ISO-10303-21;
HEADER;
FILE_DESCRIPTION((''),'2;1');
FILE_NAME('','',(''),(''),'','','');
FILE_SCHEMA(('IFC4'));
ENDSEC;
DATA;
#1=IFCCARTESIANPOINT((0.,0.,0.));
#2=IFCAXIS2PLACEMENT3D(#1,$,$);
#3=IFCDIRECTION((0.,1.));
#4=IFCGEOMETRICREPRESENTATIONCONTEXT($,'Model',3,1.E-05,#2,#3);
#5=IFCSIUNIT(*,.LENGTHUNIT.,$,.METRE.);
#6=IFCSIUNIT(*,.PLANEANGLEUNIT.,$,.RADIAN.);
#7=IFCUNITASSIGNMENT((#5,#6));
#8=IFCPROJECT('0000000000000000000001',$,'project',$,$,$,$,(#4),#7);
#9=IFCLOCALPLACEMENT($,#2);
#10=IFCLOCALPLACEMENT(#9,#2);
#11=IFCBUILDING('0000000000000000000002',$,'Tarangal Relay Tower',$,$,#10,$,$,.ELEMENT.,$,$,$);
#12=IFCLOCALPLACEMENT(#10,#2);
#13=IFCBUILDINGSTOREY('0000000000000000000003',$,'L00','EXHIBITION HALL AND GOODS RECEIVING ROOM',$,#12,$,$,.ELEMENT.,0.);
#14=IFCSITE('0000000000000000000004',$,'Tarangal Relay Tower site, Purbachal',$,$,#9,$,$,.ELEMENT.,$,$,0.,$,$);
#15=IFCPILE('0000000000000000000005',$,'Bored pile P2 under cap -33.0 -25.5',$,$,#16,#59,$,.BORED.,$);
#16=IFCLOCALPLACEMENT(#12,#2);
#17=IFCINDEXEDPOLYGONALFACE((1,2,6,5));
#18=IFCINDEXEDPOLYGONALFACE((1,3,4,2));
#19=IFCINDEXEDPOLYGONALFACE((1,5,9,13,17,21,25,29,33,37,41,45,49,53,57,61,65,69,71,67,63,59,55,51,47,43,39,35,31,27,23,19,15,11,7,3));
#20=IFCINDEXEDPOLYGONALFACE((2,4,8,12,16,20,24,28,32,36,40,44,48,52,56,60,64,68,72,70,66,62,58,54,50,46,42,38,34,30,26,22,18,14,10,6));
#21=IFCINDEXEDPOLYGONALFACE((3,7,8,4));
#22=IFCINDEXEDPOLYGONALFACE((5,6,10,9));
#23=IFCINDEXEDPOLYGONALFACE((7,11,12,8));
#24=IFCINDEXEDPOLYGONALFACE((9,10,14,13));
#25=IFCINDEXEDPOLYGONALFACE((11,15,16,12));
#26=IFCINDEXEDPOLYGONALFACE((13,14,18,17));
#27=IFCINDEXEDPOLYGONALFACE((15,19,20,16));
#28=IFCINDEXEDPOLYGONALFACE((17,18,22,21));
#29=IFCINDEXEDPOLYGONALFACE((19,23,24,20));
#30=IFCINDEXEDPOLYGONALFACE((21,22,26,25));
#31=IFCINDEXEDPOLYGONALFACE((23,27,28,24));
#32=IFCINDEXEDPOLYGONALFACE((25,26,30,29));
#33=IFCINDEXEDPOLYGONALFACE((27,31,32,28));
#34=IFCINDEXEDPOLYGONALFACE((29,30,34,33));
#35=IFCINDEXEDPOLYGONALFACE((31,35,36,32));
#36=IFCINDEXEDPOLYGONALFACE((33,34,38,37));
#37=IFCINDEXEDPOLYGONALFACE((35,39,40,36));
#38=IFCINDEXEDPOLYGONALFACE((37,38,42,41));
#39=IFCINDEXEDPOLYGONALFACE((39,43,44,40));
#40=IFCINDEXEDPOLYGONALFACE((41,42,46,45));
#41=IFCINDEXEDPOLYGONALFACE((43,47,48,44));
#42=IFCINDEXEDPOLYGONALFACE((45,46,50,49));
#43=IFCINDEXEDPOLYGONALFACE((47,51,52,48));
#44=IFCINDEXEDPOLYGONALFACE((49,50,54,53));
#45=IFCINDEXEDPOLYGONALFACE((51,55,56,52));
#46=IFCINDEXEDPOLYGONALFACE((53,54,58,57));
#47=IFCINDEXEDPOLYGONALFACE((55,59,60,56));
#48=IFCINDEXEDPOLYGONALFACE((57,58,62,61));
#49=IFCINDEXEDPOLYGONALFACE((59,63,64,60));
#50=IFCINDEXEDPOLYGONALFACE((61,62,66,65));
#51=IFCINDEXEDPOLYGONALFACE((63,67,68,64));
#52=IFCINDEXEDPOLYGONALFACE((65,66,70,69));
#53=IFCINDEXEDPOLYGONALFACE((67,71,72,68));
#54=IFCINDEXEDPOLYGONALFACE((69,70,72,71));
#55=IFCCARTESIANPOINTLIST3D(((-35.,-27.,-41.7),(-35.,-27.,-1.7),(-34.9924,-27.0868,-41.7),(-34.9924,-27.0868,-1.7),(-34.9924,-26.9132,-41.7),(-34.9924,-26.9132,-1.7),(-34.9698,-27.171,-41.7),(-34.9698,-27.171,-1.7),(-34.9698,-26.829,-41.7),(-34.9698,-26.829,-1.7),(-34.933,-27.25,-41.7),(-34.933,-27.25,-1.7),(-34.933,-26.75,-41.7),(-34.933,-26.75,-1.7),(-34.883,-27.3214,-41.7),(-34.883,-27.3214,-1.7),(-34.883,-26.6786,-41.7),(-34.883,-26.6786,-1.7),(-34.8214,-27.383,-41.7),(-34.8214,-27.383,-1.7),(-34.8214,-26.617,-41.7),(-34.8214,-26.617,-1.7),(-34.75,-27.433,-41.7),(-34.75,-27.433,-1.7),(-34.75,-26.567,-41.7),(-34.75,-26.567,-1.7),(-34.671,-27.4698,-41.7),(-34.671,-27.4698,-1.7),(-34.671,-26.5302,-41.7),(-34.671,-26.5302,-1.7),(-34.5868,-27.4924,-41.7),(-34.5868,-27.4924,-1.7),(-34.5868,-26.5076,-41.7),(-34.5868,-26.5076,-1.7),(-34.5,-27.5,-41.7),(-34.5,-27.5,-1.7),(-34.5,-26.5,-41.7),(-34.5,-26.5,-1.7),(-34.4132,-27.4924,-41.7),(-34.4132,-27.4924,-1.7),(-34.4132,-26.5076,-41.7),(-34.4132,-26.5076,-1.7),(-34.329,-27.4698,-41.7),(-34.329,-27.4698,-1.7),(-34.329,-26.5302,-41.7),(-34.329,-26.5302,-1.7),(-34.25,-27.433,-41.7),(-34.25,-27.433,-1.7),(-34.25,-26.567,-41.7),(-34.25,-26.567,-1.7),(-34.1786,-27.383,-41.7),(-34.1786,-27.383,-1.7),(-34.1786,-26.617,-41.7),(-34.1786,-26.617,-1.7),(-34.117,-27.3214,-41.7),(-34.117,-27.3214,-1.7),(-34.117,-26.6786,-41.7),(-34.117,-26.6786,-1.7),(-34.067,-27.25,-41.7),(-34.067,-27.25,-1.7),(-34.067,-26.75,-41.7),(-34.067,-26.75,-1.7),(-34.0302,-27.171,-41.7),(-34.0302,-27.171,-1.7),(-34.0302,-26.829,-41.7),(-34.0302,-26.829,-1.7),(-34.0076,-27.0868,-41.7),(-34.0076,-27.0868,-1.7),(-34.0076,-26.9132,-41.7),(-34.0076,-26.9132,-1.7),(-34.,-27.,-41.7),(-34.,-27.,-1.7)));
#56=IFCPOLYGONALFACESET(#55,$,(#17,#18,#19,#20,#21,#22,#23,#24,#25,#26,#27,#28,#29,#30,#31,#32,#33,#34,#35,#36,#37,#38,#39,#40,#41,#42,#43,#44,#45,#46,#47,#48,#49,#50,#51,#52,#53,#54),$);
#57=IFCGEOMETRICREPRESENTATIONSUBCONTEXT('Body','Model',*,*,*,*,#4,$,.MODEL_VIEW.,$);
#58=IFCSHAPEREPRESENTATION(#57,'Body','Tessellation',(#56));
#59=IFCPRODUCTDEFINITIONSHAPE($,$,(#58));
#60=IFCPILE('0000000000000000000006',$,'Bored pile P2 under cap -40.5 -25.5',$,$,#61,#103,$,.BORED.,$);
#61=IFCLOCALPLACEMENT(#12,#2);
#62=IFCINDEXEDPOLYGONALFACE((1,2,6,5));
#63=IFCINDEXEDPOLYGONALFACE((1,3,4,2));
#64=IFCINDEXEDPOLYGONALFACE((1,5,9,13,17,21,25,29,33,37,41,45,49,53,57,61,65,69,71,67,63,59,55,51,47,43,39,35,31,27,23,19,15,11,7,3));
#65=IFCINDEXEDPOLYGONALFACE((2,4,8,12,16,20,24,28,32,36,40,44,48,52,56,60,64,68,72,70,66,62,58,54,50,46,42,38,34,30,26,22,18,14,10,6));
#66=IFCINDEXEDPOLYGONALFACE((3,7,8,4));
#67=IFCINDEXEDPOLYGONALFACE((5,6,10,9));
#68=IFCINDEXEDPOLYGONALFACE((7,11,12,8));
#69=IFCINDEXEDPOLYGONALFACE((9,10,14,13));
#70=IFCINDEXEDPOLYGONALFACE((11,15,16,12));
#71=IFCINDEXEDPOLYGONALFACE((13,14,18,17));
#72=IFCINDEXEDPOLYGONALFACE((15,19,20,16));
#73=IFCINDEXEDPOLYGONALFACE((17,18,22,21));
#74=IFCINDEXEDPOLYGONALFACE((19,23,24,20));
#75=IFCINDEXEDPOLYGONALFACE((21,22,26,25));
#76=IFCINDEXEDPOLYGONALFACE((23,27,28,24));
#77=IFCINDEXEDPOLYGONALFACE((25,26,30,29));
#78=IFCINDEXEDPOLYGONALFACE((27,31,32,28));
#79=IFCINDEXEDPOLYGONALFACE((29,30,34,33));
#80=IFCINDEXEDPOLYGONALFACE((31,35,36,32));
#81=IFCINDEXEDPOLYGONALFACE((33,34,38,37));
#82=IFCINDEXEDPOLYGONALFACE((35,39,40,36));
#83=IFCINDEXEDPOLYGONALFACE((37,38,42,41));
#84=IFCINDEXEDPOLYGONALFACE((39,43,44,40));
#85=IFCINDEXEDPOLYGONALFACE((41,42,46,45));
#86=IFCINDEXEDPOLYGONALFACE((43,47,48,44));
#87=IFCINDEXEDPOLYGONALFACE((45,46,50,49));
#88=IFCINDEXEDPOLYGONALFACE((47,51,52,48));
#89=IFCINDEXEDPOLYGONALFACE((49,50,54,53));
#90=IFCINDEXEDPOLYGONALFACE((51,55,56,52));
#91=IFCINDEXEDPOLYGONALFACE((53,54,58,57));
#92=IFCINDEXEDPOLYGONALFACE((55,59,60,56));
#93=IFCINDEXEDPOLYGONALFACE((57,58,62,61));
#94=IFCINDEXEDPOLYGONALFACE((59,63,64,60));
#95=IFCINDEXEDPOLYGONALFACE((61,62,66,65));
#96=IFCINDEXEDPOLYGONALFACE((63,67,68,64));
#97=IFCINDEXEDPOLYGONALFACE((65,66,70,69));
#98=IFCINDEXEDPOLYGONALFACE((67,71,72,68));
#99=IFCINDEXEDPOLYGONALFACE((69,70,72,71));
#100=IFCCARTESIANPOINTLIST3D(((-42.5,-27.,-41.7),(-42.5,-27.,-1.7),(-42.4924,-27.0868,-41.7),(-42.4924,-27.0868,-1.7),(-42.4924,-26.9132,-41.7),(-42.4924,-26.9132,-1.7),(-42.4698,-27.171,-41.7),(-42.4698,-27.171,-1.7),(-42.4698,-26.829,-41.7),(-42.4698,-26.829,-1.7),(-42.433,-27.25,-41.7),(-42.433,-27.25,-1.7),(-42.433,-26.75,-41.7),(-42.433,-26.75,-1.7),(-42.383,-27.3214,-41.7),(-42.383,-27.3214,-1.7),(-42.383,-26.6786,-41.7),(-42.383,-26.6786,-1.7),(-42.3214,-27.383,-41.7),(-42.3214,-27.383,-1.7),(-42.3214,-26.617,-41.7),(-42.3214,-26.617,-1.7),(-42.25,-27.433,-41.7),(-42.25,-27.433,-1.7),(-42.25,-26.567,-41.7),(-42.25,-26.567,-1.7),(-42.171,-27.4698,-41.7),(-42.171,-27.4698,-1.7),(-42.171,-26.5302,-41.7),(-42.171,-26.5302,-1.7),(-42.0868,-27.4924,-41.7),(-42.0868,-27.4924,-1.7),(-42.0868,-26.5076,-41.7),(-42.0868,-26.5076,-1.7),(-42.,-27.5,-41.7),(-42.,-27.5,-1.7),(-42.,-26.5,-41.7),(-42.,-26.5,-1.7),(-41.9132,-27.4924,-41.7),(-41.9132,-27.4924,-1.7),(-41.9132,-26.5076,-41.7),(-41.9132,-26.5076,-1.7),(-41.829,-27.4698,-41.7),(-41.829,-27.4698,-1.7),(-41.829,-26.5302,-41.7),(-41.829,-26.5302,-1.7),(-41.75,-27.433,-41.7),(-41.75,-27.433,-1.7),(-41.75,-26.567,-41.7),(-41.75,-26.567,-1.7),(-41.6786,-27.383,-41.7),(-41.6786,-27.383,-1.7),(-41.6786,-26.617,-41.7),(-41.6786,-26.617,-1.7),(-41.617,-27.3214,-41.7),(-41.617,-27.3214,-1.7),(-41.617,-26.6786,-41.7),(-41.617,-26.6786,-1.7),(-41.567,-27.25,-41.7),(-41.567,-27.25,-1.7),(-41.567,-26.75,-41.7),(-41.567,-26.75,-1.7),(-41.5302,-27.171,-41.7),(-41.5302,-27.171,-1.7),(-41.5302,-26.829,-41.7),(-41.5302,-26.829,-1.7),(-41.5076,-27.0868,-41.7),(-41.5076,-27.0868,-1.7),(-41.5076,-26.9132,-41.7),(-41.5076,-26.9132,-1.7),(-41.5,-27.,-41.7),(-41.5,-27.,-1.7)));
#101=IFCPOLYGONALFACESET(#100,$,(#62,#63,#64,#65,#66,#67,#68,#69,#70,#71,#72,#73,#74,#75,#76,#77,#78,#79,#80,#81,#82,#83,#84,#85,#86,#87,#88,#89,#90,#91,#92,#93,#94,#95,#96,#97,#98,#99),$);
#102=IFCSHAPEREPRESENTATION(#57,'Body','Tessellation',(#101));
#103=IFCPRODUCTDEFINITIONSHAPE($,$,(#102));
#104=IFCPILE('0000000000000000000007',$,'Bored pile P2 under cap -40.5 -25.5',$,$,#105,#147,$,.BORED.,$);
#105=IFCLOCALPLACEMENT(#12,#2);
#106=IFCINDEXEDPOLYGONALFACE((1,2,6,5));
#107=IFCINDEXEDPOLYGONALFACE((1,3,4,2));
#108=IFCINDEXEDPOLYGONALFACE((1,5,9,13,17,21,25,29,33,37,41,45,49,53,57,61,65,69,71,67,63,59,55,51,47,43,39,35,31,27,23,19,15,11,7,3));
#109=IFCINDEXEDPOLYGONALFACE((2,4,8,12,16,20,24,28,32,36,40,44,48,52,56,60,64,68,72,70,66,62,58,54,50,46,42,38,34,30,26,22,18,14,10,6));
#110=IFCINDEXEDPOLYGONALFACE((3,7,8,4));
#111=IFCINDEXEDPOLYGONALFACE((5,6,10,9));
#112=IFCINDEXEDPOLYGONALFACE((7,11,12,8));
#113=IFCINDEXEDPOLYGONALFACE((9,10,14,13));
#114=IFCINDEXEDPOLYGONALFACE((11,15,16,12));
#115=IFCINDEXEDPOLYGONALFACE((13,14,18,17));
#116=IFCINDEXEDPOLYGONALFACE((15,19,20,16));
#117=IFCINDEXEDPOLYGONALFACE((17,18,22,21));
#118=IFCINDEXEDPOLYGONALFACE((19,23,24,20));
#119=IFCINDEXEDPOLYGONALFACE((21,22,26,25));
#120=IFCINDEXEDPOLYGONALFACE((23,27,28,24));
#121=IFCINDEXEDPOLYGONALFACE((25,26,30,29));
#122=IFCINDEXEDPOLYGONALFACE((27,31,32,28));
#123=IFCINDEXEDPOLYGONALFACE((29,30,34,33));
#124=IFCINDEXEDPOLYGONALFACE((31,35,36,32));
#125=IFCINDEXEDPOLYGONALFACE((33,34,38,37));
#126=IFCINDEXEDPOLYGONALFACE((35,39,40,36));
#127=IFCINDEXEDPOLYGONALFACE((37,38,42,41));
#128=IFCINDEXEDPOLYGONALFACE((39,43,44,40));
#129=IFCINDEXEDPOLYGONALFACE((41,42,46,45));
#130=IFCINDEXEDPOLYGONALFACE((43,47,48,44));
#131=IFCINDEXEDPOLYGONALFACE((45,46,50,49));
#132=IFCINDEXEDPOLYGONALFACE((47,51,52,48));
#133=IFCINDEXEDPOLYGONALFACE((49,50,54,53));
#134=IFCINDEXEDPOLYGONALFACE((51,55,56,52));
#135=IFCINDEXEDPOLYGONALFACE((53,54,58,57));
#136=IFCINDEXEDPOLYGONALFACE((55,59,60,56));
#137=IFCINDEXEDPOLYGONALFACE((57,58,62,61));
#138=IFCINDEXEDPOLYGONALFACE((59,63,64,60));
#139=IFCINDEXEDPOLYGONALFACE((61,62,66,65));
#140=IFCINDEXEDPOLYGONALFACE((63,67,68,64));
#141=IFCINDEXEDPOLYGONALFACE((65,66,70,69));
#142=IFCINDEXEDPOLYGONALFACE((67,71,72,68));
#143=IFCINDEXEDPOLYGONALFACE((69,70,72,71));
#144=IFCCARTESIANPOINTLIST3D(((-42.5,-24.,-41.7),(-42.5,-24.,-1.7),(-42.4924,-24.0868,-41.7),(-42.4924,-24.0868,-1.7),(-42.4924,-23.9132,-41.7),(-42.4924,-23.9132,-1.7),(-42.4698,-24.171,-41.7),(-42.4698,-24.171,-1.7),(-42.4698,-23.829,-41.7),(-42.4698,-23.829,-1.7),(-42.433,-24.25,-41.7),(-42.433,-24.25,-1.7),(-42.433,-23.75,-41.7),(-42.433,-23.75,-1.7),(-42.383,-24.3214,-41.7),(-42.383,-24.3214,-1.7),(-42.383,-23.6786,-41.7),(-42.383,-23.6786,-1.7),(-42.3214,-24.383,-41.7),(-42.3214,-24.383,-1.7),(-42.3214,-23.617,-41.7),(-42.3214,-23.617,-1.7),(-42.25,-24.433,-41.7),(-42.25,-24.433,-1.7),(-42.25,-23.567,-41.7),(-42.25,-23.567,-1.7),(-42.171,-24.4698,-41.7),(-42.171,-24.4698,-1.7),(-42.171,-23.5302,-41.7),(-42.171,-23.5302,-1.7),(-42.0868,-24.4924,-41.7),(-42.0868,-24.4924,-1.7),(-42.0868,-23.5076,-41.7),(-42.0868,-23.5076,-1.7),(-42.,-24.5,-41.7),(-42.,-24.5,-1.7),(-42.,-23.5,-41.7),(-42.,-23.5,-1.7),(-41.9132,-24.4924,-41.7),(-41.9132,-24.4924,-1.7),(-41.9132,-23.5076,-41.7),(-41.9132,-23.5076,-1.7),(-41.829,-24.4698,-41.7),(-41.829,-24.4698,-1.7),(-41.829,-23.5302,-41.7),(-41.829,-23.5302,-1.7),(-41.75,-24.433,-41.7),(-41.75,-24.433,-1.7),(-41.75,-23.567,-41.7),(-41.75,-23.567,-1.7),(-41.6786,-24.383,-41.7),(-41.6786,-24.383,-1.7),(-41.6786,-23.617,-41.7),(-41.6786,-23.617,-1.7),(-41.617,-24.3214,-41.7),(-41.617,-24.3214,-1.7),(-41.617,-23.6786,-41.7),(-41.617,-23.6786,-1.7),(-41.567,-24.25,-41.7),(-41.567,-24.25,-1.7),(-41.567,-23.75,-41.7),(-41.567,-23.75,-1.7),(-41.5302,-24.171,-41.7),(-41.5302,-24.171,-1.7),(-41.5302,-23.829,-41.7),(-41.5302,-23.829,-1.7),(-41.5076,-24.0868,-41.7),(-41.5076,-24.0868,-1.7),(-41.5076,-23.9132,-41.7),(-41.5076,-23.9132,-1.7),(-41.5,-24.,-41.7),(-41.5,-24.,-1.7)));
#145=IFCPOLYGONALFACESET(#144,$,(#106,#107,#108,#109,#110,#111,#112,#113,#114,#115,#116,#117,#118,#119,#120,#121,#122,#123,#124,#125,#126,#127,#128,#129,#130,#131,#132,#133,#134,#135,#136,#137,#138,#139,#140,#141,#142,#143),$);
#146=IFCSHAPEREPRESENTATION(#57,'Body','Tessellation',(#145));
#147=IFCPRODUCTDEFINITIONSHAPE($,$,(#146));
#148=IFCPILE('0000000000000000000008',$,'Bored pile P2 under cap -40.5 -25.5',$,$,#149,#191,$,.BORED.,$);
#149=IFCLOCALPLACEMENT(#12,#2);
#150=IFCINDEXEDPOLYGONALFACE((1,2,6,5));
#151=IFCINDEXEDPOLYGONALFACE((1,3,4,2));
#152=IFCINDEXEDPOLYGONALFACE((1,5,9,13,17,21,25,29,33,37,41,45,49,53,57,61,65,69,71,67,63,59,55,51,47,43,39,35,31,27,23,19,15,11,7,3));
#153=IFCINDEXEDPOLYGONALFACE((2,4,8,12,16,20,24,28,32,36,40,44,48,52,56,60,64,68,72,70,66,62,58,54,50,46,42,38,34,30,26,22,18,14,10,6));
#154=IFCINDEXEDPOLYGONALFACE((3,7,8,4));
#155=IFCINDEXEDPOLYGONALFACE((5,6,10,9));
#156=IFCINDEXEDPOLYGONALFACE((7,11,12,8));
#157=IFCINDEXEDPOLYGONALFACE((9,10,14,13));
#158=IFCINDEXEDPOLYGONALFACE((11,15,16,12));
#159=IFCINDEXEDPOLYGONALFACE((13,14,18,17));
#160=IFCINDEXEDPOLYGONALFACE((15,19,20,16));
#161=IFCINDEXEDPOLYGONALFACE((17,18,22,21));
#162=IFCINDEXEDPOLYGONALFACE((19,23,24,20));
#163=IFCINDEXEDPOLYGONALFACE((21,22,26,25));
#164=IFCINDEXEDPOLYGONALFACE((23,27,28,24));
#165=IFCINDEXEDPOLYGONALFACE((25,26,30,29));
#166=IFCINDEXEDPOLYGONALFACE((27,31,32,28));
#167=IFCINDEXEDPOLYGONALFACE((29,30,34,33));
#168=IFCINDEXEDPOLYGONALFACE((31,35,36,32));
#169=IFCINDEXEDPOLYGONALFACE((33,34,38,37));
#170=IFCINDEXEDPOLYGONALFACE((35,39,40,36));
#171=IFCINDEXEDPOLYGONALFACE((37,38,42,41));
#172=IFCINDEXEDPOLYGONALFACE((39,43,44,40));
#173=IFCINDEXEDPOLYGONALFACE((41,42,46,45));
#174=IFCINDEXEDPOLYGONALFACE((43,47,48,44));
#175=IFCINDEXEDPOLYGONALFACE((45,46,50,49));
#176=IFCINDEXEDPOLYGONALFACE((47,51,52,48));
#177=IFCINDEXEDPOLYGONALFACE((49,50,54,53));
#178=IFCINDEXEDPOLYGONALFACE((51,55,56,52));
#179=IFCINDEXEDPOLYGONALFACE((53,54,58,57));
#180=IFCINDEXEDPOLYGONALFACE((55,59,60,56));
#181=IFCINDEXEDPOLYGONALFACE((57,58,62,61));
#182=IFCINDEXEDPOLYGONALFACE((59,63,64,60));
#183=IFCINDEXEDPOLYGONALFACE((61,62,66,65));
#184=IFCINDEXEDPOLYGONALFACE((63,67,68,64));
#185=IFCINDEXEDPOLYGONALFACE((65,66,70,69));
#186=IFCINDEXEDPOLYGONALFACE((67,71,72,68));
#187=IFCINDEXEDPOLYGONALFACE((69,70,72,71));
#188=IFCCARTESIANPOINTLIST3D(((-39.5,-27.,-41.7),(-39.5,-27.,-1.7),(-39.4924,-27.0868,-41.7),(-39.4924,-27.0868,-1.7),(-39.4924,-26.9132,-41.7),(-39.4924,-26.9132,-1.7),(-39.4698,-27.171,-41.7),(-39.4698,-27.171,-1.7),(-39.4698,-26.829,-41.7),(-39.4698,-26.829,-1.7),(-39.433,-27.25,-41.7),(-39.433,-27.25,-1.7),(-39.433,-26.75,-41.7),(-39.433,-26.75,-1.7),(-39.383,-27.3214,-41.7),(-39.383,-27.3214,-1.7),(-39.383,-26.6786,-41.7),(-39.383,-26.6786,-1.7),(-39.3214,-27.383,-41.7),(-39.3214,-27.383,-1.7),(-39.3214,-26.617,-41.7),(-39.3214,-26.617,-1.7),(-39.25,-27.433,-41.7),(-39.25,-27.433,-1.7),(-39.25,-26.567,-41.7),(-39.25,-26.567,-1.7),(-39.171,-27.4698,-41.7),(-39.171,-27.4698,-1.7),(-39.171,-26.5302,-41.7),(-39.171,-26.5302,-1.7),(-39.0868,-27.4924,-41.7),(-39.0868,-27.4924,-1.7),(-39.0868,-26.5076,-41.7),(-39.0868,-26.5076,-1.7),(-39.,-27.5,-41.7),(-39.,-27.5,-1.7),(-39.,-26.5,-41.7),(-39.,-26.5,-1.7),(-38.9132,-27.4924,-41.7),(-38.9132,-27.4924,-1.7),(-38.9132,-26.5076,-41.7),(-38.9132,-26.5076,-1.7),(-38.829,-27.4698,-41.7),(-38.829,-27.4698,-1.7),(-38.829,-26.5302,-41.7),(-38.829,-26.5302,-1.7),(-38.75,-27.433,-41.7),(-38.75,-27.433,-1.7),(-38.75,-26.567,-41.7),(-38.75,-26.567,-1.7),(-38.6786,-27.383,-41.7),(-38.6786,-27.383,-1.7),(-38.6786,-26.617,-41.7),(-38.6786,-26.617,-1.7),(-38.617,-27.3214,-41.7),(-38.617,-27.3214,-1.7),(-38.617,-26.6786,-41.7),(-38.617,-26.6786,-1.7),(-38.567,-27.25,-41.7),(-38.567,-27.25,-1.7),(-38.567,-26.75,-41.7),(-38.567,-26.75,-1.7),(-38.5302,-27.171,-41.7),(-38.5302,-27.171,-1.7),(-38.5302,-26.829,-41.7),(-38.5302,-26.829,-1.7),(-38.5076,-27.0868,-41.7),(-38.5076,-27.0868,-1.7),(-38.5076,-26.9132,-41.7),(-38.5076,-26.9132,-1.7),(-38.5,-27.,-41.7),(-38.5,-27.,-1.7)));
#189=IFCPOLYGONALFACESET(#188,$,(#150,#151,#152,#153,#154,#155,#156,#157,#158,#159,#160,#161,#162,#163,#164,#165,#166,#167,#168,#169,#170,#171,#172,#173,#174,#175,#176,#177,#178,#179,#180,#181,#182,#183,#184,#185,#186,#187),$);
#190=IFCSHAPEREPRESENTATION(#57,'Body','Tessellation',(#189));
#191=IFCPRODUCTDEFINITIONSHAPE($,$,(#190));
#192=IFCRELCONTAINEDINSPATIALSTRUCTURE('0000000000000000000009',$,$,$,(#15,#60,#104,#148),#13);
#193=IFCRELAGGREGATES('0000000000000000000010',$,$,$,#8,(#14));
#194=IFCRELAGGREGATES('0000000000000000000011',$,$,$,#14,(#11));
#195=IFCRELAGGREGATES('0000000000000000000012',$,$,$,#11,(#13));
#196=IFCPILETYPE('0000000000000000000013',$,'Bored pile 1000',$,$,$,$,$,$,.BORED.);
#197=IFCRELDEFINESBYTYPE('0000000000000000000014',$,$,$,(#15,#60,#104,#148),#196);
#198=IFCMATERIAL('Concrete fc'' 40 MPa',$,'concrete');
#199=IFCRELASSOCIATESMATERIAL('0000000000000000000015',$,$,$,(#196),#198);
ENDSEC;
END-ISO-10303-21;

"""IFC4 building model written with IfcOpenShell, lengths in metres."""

from ifc_helpers import new_model, si_unit, direction, frame, origin, origin_2d, place, context, subcontext, project, spatial, circle, extrude, material, material_profile, profile_set, type_object, element, save


model = new_model("IFC4")

# Units and contexts
model_context = context("Model", 3, precision=1e-05, world=origin(), true_north=direction((0.0, 1.0)))
body_context = subcontext(model_context, "Body", "Model", "MODEL_VIEW")
ifc_project = project(units=[si_unit("LENGTHUNIT", "METRE"), si_unit("PLANEANGLEUNIT", "RADIAN")], contexts=[model_context])

# Site, building, storey
site_placement = place(None, origin())
site = spatial("IfcSite", under=ifc_project, at=site_placement, Name="Tarangal Relay Tower site, Purbachal", CompositionType="ELEMENT", RefElevation=0.0)
building_placement = place(site_placement, origin())
building = spatial("IfcBuilding", under=site, at=building_placement, Name="Tarangal Relay Tower", CompositionType="ELEMENT")
storey_placement = place(building_placement, origin())
storey = spatial("IfcBuildingStorey", under=building, at=storey_placement, Name="L00", Description="EXHIBITION HALL AND GOODS RECEIVING ROOM", CompositionType="ELEMENT", Elevation=0.0)

# Piles
ifc_material_1 = material(Name="Concrete fc' 40 MPa", Category="concrete")
ifc_material_profile_1 = material_profile(ifc_material_1, circle(Radius=0.5, at=origin_2d()), Name="D1000")
ifc_profile_set_1 = profile_set([ifc_material_profile_1], Name="Concrete fc' 40 MPa")
pile_type = type_object("IfcPileType", Name="Bored pile 1000", PredefinedType="BORED", material=ifc_profile_set_1)
for number, where, z_axis, x_axis, name in (
    (1, (-34.5, -27.0, -1.7), (0.0, 0.0, -1.0), (1.0, 0.0, 0.0), "Bored pile P2 under cap -33.0 -25.5"),
    (2, (-42.0, -27.0, -1.7), (0.0, 0.0, -1.0), (1.0, 0.0, 0.0), "Bored pile P2 under cap -40.5 -25.5"),
    (3, (-42.0, -24.0, -1.7), (0.0, 0.0, -1.0), (1.0, 0.0, 0.0), "Bored pile P2 under cap -40.5 -25.5"),
    (4, (-39.0, -27.0, -1.7), (0.0, 0.0, -1.0), (1.0, 0.0, 0.0), "Bored pile P2 under cap -40.5 -25.5"),
):
    element("IfcPile", number, at=place(storey_placement, frame(where, z_axis=z_axis, x_axis=x_axis)), inside=storey, type_object=pile_type, Name=name, PredefinedType="BORED", context=body_context, shape_type="SweptSolid", body=[
        extrude(circle(Radius=0.5, at=origin_2d()), origin(), (0.0, 0.0, 1.0), 40.0),
    ])

save(model, "model.ifc")
